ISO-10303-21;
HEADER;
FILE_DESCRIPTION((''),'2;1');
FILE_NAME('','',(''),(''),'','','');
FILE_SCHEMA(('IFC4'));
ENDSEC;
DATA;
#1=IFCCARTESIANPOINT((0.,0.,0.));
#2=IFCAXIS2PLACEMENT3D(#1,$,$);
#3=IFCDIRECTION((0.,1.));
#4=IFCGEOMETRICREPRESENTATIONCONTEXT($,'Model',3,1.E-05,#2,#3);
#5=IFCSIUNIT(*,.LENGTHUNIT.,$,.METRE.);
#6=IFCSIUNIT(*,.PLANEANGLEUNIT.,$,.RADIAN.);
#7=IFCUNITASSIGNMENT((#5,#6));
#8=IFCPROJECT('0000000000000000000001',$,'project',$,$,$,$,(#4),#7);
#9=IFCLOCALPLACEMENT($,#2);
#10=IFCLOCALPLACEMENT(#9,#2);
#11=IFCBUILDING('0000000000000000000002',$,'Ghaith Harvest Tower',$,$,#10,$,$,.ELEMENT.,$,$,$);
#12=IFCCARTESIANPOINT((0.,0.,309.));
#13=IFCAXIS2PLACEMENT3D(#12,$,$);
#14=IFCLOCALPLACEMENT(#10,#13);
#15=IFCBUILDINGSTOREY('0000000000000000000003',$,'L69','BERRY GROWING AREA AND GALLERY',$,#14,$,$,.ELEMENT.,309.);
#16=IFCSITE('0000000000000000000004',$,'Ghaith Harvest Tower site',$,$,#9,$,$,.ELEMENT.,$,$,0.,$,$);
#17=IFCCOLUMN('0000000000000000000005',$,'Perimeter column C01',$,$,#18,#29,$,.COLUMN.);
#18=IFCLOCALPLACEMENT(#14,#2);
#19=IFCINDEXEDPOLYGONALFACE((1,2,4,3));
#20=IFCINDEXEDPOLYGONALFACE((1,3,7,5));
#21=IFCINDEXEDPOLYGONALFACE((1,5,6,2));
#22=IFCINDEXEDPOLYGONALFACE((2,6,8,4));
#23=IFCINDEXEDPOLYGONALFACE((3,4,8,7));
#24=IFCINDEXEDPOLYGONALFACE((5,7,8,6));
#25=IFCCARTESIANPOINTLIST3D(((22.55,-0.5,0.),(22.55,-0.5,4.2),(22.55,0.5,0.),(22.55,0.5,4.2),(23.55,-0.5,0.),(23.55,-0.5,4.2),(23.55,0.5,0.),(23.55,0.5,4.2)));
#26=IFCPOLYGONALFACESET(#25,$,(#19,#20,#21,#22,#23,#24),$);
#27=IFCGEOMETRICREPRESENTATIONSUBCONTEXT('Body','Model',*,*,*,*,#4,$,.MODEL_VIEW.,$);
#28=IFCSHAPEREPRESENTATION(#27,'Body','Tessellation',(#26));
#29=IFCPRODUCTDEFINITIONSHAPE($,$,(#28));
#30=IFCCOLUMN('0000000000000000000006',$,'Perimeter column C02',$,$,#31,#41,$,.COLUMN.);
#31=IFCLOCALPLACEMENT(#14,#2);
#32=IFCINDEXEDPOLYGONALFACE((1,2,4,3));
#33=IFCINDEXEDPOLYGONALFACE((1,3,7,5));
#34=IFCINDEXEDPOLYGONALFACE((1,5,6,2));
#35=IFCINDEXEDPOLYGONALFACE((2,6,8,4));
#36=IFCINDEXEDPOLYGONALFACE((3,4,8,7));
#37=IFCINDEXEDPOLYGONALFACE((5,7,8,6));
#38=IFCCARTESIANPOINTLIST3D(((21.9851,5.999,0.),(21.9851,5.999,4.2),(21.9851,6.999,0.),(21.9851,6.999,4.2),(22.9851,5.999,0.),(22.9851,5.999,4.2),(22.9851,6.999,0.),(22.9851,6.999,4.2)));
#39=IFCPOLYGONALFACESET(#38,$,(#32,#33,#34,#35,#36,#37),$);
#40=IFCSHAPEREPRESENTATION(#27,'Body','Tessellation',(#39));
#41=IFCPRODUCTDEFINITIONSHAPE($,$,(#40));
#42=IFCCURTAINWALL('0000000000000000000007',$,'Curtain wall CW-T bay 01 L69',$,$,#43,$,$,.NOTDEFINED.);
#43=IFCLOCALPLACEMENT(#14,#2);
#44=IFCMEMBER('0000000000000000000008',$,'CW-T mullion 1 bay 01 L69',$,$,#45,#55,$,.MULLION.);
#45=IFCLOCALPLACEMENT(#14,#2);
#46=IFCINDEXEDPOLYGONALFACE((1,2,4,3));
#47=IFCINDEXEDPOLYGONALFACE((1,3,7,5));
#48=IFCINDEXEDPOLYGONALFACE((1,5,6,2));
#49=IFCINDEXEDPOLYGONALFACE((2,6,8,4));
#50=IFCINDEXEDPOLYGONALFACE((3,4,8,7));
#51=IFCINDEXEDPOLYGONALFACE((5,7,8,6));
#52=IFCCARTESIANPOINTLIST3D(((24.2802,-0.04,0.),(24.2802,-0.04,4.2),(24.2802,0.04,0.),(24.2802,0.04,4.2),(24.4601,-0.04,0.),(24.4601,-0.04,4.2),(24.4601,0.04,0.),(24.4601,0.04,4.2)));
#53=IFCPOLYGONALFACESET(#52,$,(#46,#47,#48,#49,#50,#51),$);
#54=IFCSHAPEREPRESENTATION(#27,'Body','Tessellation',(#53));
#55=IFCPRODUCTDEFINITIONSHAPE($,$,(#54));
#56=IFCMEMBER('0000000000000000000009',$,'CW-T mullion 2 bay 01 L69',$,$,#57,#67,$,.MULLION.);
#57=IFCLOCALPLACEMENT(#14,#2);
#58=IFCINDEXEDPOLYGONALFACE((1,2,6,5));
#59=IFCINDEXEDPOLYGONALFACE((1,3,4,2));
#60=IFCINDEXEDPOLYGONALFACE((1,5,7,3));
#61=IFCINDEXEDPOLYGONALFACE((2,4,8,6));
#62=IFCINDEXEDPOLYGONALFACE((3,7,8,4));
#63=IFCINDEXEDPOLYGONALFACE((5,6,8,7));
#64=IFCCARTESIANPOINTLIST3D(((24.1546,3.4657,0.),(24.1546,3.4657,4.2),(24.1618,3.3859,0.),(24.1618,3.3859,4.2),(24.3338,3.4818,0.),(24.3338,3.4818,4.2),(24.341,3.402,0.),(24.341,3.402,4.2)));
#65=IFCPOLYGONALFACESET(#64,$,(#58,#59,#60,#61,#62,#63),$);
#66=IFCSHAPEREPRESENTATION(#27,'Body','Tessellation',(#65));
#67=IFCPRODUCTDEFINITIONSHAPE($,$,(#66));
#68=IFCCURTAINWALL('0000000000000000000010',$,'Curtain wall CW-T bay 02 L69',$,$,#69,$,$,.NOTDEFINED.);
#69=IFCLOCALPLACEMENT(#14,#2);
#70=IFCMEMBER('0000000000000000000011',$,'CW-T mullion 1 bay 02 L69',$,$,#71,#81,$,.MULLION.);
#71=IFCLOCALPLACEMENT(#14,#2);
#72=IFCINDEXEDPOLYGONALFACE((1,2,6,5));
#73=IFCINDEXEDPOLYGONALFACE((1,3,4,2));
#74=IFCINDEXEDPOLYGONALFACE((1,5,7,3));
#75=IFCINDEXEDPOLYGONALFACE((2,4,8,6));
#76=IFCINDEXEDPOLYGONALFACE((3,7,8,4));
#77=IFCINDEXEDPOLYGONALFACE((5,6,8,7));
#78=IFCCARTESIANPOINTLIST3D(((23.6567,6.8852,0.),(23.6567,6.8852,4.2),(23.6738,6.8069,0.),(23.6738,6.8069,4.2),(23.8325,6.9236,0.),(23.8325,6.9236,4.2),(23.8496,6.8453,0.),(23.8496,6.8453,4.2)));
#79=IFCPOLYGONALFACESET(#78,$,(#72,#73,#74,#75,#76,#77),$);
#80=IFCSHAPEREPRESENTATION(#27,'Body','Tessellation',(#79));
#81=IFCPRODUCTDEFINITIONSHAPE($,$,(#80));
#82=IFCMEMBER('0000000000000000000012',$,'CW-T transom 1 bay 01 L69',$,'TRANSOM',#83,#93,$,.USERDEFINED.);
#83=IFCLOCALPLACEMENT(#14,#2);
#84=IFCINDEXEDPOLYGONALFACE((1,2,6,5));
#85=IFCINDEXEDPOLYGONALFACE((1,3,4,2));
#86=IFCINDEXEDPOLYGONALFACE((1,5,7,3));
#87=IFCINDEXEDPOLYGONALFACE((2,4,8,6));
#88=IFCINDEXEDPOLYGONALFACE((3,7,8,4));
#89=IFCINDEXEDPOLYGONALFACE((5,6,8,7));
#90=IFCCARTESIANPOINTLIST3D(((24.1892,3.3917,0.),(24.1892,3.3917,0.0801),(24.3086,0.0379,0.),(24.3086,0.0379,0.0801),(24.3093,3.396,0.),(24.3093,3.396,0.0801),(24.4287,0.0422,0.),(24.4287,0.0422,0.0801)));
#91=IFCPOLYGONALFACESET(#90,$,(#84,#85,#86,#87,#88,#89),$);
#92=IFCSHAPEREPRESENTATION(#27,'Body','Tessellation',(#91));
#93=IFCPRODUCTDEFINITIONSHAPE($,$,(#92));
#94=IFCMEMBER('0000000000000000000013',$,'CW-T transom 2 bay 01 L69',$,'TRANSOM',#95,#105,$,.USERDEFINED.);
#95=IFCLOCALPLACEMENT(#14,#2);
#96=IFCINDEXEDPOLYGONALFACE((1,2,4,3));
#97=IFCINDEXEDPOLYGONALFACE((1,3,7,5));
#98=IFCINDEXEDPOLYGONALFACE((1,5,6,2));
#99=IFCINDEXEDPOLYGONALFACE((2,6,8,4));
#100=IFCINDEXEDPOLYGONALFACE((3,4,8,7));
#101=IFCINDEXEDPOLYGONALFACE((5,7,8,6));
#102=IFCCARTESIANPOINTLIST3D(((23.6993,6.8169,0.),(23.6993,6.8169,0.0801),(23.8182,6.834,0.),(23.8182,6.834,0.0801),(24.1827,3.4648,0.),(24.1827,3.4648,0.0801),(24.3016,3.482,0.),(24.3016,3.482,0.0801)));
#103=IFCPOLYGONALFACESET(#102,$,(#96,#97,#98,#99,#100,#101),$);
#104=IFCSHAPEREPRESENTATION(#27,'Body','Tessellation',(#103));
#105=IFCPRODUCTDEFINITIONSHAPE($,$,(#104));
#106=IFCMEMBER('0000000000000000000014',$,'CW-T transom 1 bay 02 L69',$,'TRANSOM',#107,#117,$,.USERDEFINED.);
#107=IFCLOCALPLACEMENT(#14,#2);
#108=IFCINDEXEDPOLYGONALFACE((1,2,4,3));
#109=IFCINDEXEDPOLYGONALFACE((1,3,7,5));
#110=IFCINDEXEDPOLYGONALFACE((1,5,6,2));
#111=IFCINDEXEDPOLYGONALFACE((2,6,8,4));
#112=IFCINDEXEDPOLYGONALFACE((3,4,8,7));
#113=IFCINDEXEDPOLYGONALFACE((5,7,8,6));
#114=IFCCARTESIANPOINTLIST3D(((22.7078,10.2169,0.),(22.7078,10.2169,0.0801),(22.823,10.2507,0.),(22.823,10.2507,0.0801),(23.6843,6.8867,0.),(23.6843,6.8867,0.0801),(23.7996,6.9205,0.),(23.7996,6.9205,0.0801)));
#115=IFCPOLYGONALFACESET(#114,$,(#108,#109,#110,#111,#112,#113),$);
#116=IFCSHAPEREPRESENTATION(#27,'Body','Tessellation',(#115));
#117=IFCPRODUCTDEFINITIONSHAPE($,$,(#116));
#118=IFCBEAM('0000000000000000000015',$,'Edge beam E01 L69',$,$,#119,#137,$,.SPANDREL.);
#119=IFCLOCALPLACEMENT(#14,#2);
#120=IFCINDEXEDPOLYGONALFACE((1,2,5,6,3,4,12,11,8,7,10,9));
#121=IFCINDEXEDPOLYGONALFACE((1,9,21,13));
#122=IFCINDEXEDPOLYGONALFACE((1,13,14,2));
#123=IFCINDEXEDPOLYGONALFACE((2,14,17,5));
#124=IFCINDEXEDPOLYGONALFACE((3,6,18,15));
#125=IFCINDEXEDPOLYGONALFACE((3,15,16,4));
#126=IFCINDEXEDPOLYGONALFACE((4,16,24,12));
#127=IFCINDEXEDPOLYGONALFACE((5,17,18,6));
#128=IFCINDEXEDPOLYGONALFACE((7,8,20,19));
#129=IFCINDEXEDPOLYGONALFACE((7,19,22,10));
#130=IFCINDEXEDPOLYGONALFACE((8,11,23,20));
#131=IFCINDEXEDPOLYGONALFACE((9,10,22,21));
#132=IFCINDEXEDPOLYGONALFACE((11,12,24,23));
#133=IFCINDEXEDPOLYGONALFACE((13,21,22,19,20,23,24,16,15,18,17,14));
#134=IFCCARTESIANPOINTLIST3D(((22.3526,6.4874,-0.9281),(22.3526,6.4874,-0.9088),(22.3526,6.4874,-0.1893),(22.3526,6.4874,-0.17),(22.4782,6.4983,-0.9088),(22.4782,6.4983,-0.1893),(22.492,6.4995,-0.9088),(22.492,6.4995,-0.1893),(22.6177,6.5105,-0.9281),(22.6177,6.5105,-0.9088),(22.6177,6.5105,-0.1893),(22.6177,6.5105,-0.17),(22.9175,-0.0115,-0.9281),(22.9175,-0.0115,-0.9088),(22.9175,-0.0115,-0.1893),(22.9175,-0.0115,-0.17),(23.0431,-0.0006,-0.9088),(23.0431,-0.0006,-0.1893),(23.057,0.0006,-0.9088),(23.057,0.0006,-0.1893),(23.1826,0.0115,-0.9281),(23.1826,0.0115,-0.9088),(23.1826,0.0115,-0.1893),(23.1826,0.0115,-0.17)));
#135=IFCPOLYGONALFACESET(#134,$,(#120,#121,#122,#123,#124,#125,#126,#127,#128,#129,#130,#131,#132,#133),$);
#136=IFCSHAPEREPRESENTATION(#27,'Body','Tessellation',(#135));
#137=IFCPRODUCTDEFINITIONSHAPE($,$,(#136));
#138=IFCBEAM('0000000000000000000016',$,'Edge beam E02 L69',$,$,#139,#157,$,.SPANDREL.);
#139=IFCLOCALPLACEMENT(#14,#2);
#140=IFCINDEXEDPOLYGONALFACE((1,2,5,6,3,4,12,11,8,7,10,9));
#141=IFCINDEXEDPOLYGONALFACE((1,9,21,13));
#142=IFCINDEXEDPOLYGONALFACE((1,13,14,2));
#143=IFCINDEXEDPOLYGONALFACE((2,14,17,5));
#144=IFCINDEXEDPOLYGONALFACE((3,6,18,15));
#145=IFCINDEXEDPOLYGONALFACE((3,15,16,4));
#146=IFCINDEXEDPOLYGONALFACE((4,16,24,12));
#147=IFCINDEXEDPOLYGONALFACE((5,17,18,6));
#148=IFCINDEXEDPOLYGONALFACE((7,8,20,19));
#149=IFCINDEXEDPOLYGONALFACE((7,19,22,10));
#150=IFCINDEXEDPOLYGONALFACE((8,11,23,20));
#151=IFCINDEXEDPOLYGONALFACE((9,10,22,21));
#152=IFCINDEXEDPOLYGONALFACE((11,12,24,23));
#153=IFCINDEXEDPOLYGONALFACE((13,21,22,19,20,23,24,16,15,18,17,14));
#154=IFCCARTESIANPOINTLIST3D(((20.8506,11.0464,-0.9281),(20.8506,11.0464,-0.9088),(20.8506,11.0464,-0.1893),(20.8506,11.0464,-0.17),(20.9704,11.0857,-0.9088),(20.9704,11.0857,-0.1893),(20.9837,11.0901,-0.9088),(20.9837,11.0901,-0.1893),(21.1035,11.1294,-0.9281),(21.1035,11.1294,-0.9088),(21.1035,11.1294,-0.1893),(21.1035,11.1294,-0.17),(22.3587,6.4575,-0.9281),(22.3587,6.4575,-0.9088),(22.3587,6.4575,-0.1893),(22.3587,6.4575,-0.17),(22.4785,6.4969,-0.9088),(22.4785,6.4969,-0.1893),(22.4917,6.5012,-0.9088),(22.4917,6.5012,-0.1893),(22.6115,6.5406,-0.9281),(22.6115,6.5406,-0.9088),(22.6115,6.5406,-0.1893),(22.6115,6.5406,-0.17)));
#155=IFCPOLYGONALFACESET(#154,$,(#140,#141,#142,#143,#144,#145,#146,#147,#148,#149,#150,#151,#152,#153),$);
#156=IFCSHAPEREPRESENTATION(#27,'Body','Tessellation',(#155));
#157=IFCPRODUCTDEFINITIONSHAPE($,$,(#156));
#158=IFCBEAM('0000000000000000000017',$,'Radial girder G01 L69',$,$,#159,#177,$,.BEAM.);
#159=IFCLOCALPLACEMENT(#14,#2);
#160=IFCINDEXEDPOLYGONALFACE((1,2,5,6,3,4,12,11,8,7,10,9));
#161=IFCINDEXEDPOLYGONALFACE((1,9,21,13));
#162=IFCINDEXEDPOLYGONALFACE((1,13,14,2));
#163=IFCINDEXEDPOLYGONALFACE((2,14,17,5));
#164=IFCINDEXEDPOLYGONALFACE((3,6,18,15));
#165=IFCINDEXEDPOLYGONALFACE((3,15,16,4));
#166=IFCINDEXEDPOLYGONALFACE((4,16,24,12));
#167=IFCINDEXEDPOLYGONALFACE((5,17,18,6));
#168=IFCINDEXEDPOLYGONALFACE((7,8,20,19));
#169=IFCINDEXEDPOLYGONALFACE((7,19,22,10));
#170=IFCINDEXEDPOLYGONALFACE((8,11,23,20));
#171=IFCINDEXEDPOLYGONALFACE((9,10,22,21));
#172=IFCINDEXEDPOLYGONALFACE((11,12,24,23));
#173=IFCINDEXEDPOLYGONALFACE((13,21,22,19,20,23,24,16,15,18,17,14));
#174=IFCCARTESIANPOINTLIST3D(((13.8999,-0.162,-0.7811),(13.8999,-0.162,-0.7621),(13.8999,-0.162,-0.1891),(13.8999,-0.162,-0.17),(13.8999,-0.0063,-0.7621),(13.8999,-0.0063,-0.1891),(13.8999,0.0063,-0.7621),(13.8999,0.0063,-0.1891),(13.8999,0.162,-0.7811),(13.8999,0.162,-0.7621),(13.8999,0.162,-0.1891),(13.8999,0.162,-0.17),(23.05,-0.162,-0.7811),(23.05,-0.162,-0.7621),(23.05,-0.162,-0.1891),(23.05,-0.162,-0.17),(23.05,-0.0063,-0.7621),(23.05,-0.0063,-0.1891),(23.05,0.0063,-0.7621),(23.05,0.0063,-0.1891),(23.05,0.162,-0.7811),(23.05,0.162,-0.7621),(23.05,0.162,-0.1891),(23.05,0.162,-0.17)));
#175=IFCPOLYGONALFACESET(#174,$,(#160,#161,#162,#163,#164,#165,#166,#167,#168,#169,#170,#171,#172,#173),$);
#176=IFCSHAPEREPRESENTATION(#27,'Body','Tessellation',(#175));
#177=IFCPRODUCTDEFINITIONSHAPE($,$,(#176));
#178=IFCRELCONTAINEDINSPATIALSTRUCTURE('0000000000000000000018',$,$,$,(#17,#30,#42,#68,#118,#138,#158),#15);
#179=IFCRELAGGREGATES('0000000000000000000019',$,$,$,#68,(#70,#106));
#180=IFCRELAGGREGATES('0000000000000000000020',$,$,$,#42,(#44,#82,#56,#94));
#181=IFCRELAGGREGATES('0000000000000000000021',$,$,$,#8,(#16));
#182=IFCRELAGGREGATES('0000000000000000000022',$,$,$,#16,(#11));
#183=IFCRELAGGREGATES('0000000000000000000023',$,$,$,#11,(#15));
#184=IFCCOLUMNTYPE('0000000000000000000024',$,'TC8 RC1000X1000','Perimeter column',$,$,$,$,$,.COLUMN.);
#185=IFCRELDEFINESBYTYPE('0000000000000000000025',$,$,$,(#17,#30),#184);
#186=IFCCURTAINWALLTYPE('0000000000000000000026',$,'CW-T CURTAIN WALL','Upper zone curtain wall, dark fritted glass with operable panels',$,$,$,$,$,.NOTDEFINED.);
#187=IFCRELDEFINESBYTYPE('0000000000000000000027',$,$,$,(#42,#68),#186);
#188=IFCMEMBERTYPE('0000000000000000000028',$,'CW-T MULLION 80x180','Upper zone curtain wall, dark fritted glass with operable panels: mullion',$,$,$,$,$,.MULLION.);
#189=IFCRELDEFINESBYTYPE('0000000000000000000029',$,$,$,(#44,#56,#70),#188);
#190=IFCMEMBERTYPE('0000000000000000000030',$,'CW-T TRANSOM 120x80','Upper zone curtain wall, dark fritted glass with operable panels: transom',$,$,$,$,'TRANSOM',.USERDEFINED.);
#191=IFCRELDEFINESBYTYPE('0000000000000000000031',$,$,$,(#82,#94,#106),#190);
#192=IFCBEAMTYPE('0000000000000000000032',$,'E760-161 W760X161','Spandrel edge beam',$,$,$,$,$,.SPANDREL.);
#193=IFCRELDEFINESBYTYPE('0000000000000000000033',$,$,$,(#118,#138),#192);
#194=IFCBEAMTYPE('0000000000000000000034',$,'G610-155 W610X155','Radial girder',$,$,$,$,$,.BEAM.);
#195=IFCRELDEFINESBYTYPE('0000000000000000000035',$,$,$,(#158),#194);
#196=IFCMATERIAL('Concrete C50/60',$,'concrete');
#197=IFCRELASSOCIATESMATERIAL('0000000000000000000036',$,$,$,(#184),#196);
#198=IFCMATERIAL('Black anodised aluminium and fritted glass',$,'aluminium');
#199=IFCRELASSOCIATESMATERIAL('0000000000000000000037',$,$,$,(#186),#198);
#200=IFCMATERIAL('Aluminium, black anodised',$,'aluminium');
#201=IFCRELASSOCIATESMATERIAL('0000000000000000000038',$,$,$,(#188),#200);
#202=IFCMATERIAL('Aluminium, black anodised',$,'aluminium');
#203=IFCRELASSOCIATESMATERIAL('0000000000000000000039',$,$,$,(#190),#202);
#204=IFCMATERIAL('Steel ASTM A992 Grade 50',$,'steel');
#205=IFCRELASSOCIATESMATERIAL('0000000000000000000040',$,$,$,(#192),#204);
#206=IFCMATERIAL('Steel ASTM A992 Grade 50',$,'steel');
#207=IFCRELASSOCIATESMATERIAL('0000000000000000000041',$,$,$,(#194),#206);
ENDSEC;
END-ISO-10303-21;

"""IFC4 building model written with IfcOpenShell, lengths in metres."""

from ifc_helpers import new_model, si_unit, direction, frame, origin, origin_2d, place, context, subcontext, project, spatial, rectangle, i_section, extrude, material, material_profile, profile_set, type_object, element, aggregate, save


model = new_model("IFC4")

# Units and contexts
model_context = context("Model", 3, precision=1e-05, world=origin(), true_north=direction((0.0, 1.0)))
body_context = subcontext(model_context, "Body", "Model", "MODEL_VIEW")
ifc_project = project(units=[si_unit("LENGTHUNIT", "METRE"), si_unit("PLANEANGLEUNIT", "RADIAN")], contexts=[model_context])

# Site, building, storey
site_placement = place(None, origin())
site = spatial("IfcSite", under=ifc_project, at=site_placement, Name="Ghaith Harvest Tower site", CompositionType="ELEMENT", RefElevation=0.0)
building_placement = place(site_placement, origin())
building = spatial("IfcBuilding", under=site, at=building_placement, Name="Ghaith Harvest Tower", CompositionType="ELEMENT")
storey_placement = place(building_placement, frame((0.0, 0.0, 309.0)))
storey = spatial("IfcBuildingStorey", under=building, at=storey_placement, Name="L69", Description="BERRY GROWING AREA AND GALLERY", CompositionType="ELEMENT", Elevation=309.0)

# Columns
ifc_material_1 = material(Name="Concrete C50/60", Category="concrete")
ifc_material_profile_1 = material_profile(ifc_material_1, rectangle(XDim=1.0, YDim=1.0, at=origin_2d()), Name="RC1000X1000")
ifc_profile_set_1 = profile_set([ifc_material_profile_1], Name="Concrete C50/60")
column_type = type_object("IfcColumnType", Name="TC8 RC1000X1000", Description="Perimeter column", PredefinedType="COLUMN", material=ifc_profile_set_1)
for number, where, z_axis, x_axis, name in (
    (1, (23.05, 0.0, 0.0), (0.0, 0.0, 1.0), (1.0, 0.0, 0.0), "Perimeter column C01"),
    (2, (22.4851, 6.499, 0.0), (0.0, 0.0, 1.0), (1.0, 0.0, 0.0), "Perimeter column C02"),
):
    element("IfcColumn", number, at=place(storey_placement, frame(where, z_axis=z_axis, x_axis=x_axis)), inside=storey, type_object=column_type, Name=name, PredefinedType="COLUMN", context=body_context, shape_type="SweptSolid", body=[
        extrude(rectangle(XDim=1.0, YDim=1.0, at=origin_2d()), origin(), (0.0, 0.0, 1.0), 4.2),
    ])

# Curtain wall, members
ifc_material_2 = material(Name="Black anodised aluminium and fritted glass", Category="aluminium")
curtain_wall_type = type_object("IfcCurtainWallType", Name="CW-T CURTAIN WALL", Description="Upper zone curtain wall, dark fritted glass with operable panels", PredefinedType="NOTDEFINED", material=ifc_material_2)
curtain_wall_1_placement = place(storey_placement, origin())
curtain_wall_1 = element("IfcCurtainWall", 3, at=curtain_wall_1_placement, inside=storey, type_object=curtain_wall_type, Name="Curtain wall CW-T bay 01 L69", PredefinedType="NOTDEFINED")
ifc_material_3 = material(Name="Aluminium, black anodised", Category="aluminium")
ifc_material_profile_2 = material_profile(ifc_material_3, rectangle(XDim=0.0801, YDim=0.1799, at=origin_2d()), Name="CW-T MULLION 80x180")
ifc_profile_set_2 = profile_set([ifc_material_profile_2], Name="Aluminium, black anodised")
member_type_1 = type_object("IfcMemberType", Name="CW-T MULLION 80x180", Description="Upper zone curtain wall, dark fritted glass with operable panels: mullion", PredefinedType="MULLION", material=ifc_profile_set_2)
member_1_placement = place(storey_placement, frame((24.3701, 0.0, 0.0), z_axis=(0.0, 0.0, 1.0), x_axis=(0.0, 1.0, 0.0)))
member_1 = element("IfcMember", 4, at=member_1_placement, type_object=member_type_1, Name="CW-T mullion 1 bay 01 L69", PredefinedType="MULLION", context=body_context, shape_type="SweptSolid", body=[
    extrude(rectangle(XDim=0.0801, YDim=0.1799, at=origin_2d()), origin(), (0.0, 0.0, 1.0), 4.2),
])
member_2_placement = place(storey_placement, frame((24.2478, 3.4338, 0.0), z_axis=(0.0, 0.0, 1.0), x_axis=(-0.089502, 0.995987, 0.0)))
member_2 = element("IfcMember", 5, at=member_2_placement, type_object=member_type_1, Name="CW-T mullion 2 bay 01 L69", PredefinedType="MULLION", context=body_context, shape_type="SweptSolid", body=[
    extrude(rectangle(XDim=0.0801, YDim=0.1799, at=origin_2d()), origin(), (0.0, 0.0, 1.0), 4.2),
])

# Curtain wall, member
curtain_wall_2_placement = place(storey_placement, origin())
curtain_wall_2 = element("IfcCurtainWall", 6, at=curtain_wall_2_placement, inside=storey, type_object=curtain_wall_type, Name="Curtain wall CW-T bay 02 L69", PredefinedType="NOTDEFINED")
member_3_placement = place(storey_placement, frame((23.7532, 6.8652, 0.0), z_axis=(0.0, 0.0, 1.0), x_axis=(-0.213402, 0.976964, 0.0)))
member_3 = element("IfcMember", 7, at=member_3_placement, type_object=member_type_1, Name="CW-T mullion 1 bay 02 L69", PredefinedType="MULLION", context=body_context, shape_type="SweptSolid", body=[
    extrude(rectangle(XDim=0.0801, YDim=0.1799, at=origin_2d()), origin(), (0.0, 0.0, 1.0), 4.2),
])

# Members
ifc_material_4 = material(Name="Aluminium, black anodised", Category="aluminium")
ifc_material_profile_3 = material_profile(ifc_material_4, rectangle(XDim=0.1201, YDim=0.0801, at=origin_2d()), Name="CW-T TRANSOM 120x80")
ifc_profile_set_3 = profile_set([ifc_material_profile_3], Name="Aluminium, black anodised")
member_type_2 = type_object("IfcMemberType", Name="CW-T TRANSOM 120x80", Description="Upper zone curtain wall, dark fritted glass with operable panels: transom", ElementType="TRANSOM", PredefinedType="USERDEFINED", material=ifc_profile_set_3)
member_4_placement = place(storey_placement, frame((24.3687, 0.04, 0.04), z_axis=(-0.035575, 0.999367, 0.0), x_axis=(-0.999367, -0.035575, 0.0)))
member_4 = element("IfcMember", 8, at=member_4_placement, type_object=member_type_2, Name="CW-T transom 1 bay 01 L69", ObjectType="TRANSOM", PredefinedType="USERDEFINED", context=body_context, shape_type="SweptSolid", body=[
    extrude(rectangle(XDim=0.1201, YDim=0.0801, at=origin_2d()), origin(), (0.0, 0.0, 1.0), 3.356),
])
member_5_placement = place(storey_placement, frame((24.2422, 3.4734, 0.04), z_axis=(-0.142733, 0.989761, 0.0), x_axis=(-0.989761, -0.142733, 0.0)))
member_5 = element("IfcMember", 9, at=member_5_placement, type_object=member_type_2, Name="CW-T transom 2 bay 01 L69", ObjectType="TRANSOM", PredefinedType="USERDEFINED", context=body_context, shape_type="SweptSolid", body=[
    extrude(rectangle(XDim=0.1201, YDim=0.0801, at=origin_2d()), origin(), (0.0, 0.0, 1.0), 3.3867),
])
member_6_placement = place(storey_placement, frame((23.7419, 6.9036, 0.04), z_axis=(-0.281385, 0.959595, 0.0), x_axis=(-0.959595, -0.281385, 0.0)))
member_6 = element("IfcMember", 10, at=member_6_placement, type_object=member_type_2, Name="CW-T transom 1 bay 02 L69", ObjectType="TRANSOM", PredefinedType="USERDEFINED", context=body_context, shape_type="SweptSolid", body=[
    extrude(rectangle(XDim=0.1201, YDim=0.0801, at=origin_2d()), origin(), (0.0, 0.0, 1.0), 3.4705),
])
aggregate(curtain_wall_2, [member_3, member_6])

# Beams
ifc_material_5 = material(Name="Steel ASTM A992 Grade 50", Category="steel")
ifc_material_profile_4 = material_profile(ifc_material_5, i_section(OverallWidth=0.2661, OverallDepth=0.7581, WebThickness=0.0139, FlangeThickness=0.0193, at=origin_2d()), Name="W760X161")
ifc_profile_set_4 = profile_set([ifc_material_profile_4], Name="Steel ASTM A992 Grade 50")
beam_type_1 = type_object("IfcBeamType", Name="E760-161 W760X161", Description="Spandrel edge beam", PredefinedType="SPANDREL", material=ifc_profile_set_4)
beam_1_placement = place(storey_placement, frame((23.05, 0.0, -0.5491), z_axis=(-0.086601, 0.996243, 0.0), x_axis=(-0.996243, -0.086601, 0.0)))
element("IfcBeam", 11, at=beam_1_placement, inside=storey, type_object=beam_type_1, Name="Edge beam E01 L69", PredefinedType="SPANDREL", context=body_context, shape_type="SweptSolid", body=[
    extrude(i_section(OverallWidth=0.2661, OverallDepth=0.7581, WebThickness=0.0139, FlangeThickness=0.0193, at=origin_2d()), origin(), (0.0, 0.0, 1.0), 6.5234),
])
beam_2_placement = place(storey_placement, frame((22.4851, 6.499, -0.5491), z_axis=(-0.312207, 0.950014, 0.0), x_axis=(-0.950014, -0.312207, 0.0)))
element("IfcBeam", 12, at=beam_2_placement, inside=storey, type_object=beam_type_1, Name="Edge beam E02 L69", PredefinedType="SPANDREL", context=body_context, shape_type="SweptSolid", body=[
    extrude(i_section(OverallWidth=0.2661, OverallDepth=0.7581, WebThickness=0.0139, FlangeThickness=0.0193, at=origin_2d()), origin(), (0.0, 0.0, 1.0), 4.8303),
])
ifc_material_6 = material(Name="Steel ASTM A992 Grade 50", Category="steel")
ifc_material_profile_5 = material_profile(ifc_material_6, i_section(OverallWidth=0.324, OverallDepth=0.6111, WebThickness=0.0127, FlangeThickness=0.019, at=origin_2d()), Name="W610X155")
ifc_profile_set_5 = profile_set([ifc_material_profile_5], Name="Steel ASTM A992 Grade 50")
beam_type_2 = type_object("IfcBeamType", Name="G610-155 W610X155", Description="Radial girder", PredefinedType="BEAM", material=ifc_profile_set_5)
beam_3_placement = place(storey_placement, frame((13.8999, 0.0, -0.4756), z_axis=(1.0, 0.0, 0.0), x_axis=(0.0, 1.0, 0.0)))
element("IfcBeam", 13, at=beam_3_placement, inside=storey, type_object=beam_type_2, Name="Radial girder G01 L69", PredefinedType="BEAM", context=body_context, shape_type="SweptSolid", body=[
    extrude(i_section(OverallWidth=0.324, OverallDepth=0.6111, WebThickness=0.0127, FlangeThickness=0.019, at=origin_2d()), origin(), (0.0, 0.0, 1.0), 9.1501),
])

aggregate(curtain_wall_1, [member_1, member_4, member_2, member_5])

save(model, "model.ifc")
